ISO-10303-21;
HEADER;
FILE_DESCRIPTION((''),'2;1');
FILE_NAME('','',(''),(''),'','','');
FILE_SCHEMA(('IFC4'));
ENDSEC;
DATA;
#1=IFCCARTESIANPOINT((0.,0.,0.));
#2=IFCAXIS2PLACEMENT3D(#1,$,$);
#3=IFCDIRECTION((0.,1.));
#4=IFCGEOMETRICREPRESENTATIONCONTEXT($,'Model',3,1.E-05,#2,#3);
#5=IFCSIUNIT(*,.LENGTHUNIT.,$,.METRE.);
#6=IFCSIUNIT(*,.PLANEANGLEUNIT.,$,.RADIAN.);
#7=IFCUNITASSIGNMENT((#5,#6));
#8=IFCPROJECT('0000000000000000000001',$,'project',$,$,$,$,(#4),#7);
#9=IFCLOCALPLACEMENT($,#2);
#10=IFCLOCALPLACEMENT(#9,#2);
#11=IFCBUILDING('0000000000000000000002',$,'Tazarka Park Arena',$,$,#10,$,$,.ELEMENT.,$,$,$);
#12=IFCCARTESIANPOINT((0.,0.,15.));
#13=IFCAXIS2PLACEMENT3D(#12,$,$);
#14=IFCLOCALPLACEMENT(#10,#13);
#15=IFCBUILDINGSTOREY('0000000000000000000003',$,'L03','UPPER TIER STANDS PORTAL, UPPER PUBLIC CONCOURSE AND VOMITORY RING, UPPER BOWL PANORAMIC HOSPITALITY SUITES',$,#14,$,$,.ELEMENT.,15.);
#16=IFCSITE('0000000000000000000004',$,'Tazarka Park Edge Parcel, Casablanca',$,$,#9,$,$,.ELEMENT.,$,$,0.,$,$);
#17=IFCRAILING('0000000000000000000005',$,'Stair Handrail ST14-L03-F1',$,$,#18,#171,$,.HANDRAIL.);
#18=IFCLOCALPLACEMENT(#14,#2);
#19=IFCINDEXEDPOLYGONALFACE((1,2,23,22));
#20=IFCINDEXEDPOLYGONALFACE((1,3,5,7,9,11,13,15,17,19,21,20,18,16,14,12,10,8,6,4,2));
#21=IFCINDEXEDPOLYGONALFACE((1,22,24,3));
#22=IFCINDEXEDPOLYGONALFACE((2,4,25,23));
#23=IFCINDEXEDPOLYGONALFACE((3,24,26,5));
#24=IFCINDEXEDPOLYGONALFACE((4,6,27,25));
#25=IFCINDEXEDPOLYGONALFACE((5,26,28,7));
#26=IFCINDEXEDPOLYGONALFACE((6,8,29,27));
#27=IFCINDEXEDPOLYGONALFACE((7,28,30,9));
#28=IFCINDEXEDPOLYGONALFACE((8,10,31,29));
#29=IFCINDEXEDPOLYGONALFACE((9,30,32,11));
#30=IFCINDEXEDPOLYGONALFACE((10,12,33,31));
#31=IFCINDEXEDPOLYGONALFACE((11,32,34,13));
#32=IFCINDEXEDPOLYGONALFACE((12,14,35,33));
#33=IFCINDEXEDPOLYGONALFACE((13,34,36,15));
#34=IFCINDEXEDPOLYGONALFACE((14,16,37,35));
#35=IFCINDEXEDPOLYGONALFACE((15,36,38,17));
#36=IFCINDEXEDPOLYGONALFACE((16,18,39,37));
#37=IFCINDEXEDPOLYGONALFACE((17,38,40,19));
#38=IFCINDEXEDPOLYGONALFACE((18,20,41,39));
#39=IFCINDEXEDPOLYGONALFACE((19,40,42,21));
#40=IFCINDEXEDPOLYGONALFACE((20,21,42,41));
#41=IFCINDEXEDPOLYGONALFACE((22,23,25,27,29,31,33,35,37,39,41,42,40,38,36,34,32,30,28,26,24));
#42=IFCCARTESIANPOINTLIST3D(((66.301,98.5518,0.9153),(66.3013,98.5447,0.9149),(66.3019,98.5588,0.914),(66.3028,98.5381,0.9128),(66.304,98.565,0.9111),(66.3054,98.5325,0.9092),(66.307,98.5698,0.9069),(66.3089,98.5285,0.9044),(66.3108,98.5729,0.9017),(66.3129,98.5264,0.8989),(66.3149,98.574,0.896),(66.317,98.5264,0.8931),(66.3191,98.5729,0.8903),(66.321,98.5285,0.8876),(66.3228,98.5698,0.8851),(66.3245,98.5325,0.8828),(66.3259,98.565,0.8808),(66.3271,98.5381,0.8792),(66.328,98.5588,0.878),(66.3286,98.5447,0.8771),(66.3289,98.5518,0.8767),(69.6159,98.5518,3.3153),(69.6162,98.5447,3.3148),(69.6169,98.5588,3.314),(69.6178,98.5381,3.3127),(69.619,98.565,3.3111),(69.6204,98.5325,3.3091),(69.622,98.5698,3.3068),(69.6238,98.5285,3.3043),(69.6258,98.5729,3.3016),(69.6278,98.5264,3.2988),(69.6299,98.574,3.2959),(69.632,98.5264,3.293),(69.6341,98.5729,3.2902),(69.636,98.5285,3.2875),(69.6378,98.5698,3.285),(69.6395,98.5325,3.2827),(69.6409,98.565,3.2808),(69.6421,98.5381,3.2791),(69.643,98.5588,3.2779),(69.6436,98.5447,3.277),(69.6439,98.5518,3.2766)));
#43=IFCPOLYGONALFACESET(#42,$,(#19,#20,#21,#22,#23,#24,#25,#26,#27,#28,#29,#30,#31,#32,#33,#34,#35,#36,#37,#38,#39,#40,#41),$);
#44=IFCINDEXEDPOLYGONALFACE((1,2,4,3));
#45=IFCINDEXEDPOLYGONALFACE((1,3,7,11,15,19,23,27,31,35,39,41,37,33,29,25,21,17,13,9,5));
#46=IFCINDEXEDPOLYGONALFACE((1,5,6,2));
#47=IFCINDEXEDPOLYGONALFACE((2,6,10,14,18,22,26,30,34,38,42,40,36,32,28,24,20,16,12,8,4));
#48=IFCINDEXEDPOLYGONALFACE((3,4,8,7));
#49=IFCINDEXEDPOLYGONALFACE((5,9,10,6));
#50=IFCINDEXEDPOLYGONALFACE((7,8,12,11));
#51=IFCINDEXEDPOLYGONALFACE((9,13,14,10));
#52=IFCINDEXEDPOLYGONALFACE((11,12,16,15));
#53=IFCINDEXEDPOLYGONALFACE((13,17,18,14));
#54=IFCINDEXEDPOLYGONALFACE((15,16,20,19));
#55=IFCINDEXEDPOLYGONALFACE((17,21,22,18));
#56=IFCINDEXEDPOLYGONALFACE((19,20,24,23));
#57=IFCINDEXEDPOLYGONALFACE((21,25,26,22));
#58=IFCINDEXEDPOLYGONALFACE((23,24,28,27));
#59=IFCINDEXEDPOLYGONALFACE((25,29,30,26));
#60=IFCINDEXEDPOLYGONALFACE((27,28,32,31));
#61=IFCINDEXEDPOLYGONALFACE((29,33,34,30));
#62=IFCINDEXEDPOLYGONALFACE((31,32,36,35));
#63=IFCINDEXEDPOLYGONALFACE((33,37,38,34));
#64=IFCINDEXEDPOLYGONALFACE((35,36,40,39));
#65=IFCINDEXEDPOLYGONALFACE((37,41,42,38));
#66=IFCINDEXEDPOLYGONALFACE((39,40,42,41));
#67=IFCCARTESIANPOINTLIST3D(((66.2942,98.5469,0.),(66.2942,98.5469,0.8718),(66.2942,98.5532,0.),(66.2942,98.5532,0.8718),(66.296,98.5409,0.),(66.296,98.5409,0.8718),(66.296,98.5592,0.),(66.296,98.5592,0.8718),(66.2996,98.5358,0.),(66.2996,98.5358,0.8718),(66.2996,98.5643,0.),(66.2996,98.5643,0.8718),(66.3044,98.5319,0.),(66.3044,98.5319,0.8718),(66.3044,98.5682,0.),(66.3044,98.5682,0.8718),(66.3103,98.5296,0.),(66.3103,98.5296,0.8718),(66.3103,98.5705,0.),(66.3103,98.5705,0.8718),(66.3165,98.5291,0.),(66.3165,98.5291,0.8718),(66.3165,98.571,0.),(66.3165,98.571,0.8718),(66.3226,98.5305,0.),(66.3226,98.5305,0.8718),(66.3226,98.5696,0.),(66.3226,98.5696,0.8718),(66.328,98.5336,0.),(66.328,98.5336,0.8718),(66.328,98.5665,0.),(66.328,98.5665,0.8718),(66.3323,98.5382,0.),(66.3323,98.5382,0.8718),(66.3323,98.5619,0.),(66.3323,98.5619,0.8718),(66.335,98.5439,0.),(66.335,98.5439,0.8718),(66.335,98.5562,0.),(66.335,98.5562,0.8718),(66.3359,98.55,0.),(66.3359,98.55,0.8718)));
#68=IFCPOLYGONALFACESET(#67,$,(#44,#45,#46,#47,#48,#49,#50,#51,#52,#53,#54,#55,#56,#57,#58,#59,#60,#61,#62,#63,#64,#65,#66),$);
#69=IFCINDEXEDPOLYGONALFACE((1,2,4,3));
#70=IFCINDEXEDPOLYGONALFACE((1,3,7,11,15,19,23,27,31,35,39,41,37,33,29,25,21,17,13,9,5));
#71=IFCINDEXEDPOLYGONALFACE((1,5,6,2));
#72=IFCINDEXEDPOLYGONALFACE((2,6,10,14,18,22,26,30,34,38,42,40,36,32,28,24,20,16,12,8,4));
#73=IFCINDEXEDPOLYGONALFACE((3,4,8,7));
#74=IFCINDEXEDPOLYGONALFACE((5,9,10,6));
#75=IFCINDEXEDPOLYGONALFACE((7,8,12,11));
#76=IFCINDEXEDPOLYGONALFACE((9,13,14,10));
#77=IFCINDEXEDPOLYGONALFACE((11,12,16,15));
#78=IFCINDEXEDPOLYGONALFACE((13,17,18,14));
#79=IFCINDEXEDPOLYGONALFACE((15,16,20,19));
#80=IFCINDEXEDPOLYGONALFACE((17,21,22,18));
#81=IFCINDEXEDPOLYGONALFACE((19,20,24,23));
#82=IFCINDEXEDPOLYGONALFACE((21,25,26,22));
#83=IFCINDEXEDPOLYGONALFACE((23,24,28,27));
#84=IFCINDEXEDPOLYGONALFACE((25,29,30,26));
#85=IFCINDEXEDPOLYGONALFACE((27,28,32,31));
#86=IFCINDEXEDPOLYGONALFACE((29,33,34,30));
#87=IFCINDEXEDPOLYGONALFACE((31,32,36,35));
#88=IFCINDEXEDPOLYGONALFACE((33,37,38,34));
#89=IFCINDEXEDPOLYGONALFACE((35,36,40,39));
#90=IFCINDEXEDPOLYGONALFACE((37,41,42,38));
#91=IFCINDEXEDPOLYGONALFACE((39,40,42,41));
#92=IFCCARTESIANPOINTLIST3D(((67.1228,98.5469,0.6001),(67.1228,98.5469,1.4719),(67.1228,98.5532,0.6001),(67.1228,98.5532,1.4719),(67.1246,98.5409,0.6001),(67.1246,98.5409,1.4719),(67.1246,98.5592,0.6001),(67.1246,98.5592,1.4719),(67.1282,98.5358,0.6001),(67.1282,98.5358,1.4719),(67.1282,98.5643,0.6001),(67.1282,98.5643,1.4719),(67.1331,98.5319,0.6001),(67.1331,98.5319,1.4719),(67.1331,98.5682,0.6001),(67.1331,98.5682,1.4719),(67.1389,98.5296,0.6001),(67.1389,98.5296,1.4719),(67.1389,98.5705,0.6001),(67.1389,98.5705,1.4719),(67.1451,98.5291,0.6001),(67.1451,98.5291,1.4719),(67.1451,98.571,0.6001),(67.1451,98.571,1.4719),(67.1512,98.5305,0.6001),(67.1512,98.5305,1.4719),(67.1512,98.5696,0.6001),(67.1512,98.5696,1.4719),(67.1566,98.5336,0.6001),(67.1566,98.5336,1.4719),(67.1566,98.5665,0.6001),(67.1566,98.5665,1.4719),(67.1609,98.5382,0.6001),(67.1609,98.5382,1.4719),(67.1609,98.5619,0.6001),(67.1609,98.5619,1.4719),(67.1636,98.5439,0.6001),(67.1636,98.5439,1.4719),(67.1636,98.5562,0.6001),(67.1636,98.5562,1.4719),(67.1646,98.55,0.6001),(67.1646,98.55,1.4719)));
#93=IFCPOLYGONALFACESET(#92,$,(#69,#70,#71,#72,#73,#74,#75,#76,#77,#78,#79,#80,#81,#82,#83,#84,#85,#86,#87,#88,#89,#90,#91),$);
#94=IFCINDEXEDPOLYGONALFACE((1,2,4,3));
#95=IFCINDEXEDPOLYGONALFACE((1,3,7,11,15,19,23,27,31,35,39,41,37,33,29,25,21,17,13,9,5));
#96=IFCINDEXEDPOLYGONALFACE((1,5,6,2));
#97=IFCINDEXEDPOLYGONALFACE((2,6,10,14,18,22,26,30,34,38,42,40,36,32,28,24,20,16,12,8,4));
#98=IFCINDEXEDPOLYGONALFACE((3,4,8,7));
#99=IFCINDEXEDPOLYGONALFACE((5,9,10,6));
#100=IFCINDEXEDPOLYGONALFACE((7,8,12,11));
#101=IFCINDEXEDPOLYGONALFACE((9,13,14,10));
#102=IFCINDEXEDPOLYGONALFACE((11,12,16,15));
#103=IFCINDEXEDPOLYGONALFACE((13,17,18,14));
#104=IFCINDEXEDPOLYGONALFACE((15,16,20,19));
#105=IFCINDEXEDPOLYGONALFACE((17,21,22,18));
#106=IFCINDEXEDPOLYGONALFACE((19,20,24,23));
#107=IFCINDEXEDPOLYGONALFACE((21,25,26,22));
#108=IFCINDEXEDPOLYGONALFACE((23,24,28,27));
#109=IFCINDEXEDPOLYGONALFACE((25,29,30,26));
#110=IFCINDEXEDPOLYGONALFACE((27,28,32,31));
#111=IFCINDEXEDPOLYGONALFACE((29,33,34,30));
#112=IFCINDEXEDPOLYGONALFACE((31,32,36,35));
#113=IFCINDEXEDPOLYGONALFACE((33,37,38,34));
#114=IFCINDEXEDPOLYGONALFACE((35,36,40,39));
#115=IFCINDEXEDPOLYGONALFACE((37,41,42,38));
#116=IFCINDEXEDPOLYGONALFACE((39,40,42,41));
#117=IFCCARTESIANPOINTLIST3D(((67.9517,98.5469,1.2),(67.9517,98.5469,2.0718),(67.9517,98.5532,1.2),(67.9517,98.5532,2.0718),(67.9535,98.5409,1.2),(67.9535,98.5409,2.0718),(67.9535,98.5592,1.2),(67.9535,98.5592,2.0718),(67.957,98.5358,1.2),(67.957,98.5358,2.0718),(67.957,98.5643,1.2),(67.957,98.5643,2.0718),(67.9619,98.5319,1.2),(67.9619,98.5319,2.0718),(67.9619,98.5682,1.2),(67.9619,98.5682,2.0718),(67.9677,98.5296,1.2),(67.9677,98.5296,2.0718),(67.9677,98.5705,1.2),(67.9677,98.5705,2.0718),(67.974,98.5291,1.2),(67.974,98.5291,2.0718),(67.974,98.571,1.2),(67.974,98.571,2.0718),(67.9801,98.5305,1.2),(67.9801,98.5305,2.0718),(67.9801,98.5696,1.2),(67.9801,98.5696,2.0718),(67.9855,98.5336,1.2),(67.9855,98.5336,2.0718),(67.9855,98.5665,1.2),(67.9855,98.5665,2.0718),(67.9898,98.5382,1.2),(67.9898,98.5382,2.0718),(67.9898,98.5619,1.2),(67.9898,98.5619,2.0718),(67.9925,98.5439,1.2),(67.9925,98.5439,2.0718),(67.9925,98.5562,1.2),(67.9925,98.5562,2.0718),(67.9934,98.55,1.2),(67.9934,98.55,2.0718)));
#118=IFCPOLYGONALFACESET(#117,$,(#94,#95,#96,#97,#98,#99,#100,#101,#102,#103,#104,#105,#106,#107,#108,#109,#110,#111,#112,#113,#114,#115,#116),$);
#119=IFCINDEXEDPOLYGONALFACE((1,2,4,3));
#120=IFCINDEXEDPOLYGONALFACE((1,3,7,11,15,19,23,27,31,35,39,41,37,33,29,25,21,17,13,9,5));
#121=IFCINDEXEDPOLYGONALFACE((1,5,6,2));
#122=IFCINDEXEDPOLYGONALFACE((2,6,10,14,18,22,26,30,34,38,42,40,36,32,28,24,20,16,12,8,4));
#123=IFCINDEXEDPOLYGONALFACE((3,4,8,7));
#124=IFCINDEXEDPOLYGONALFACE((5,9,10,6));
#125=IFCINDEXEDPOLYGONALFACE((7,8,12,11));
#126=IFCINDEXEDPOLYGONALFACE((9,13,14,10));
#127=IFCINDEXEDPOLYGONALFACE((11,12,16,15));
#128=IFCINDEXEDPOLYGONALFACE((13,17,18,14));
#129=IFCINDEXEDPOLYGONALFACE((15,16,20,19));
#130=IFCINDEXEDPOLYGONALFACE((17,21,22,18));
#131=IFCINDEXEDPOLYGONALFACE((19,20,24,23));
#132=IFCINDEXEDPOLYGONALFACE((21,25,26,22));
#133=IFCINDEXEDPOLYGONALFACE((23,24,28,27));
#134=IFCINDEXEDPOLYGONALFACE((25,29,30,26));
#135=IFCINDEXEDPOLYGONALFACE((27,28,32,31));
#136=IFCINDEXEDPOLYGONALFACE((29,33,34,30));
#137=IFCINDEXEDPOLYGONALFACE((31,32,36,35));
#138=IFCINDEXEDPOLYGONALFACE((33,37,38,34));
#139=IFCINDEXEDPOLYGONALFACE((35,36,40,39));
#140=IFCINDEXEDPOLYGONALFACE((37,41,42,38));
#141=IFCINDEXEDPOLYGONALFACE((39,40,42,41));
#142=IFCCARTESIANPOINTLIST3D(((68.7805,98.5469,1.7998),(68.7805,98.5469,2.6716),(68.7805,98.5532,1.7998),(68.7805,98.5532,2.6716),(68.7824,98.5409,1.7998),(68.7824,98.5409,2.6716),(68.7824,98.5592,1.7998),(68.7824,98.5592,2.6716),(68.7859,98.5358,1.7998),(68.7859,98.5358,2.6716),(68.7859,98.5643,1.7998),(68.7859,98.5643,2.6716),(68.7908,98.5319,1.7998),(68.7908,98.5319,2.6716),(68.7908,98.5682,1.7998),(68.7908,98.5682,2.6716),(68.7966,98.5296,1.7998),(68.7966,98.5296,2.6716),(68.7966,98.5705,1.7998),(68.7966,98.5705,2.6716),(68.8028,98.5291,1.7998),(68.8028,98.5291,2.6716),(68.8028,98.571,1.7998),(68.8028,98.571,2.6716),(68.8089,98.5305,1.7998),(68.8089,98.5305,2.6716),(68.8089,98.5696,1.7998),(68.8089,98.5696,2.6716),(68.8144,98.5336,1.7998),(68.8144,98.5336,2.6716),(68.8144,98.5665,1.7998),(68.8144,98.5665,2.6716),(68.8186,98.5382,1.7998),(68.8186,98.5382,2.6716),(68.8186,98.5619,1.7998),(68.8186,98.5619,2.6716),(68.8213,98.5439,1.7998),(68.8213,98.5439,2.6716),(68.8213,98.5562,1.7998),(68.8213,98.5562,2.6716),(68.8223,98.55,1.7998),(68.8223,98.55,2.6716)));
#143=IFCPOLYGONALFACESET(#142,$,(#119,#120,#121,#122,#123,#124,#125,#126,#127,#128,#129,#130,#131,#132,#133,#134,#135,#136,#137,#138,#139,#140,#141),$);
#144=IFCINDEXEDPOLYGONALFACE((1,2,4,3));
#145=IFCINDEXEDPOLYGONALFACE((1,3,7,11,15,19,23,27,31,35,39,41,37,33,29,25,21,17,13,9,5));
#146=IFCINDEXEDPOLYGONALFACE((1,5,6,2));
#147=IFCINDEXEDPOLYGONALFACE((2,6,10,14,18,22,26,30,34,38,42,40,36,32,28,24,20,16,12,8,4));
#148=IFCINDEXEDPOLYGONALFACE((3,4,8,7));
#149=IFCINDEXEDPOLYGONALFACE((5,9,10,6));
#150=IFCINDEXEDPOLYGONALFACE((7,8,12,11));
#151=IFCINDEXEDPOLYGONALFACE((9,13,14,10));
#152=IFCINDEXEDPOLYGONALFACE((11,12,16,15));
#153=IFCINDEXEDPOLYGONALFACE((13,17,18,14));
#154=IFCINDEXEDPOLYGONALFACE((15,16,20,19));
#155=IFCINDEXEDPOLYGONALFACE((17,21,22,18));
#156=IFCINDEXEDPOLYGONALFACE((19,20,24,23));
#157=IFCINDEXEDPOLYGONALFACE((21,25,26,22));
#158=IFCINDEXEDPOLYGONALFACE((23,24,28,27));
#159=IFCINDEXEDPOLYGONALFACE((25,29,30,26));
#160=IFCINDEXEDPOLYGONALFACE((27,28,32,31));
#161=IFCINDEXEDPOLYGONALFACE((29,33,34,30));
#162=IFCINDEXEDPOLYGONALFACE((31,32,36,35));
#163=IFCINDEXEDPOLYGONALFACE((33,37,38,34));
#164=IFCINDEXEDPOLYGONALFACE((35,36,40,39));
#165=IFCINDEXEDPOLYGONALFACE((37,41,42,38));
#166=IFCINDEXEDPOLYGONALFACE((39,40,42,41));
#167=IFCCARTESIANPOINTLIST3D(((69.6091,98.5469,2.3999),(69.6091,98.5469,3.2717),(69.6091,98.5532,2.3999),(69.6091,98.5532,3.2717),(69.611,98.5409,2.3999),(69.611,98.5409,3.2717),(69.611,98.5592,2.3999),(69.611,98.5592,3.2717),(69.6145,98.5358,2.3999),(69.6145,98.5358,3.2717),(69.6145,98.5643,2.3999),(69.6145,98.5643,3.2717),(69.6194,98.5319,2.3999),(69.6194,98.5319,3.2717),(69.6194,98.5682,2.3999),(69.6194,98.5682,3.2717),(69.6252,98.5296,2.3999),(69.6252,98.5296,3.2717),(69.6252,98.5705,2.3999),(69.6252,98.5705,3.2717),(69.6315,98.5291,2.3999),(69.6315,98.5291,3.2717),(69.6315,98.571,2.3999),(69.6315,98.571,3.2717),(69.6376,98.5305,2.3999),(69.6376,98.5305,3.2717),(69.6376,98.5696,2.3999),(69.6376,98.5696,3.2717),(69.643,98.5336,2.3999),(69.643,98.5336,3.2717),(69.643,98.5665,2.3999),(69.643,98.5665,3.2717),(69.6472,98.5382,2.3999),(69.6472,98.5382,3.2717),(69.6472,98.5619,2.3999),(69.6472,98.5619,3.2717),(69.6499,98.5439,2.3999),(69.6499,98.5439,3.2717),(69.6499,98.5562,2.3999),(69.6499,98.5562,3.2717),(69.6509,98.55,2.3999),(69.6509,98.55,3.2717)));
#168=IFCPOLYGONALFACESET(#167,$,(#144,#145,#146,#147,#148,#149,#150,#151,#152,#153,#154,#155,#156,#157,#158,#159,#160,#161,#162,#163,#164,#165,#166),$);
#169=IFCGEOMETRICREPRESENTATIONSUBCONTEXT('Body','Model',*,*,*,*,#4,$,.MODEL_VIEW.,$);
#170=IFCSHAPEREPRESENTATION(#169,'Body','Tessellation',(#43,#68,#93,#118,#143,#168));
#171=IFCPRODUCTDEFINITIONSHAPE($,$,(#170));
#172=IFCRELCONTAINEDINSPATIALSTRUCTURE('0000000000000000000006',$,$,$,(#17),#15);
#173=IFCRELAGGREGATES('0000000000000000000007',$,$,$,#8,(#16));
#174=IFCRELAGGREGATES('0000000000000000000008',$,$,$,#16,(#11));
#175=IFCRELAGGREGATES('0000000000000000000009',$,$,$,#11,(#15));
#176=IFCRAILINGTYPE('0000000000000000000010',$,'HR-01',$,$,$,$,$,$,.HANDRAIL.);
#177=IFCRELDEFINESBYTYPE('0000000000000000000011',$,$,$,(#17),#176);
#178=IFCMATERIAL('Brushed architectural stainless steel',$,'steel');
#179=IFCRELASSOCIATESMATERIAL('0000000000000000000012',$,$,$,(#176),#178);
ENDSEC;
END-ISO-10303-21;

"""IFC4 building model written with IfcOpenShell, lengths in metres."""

from ifc_helpers import new_model, si_unit, direction, frame, origin, origin_2d, place, context, subcontext, project, spatial, circle, extrude, material, type_object, element, save


model = new_model("IFC4")

# Units and contexts
model_context = context("Model", 3, precision=1e-05, world=origin(), true_north=direction((0.0, 1.0)))
body_context = subcontext(model_context, "Body", "Model", "MODEL_VIEW")
ifc_project = project(units=[si_unit("LENGTHUNIT", "METRE"), si_unit("PLANEANGLEUNIT", "RADIAN")], contexts=[model_context])

# Site, building, storey
site_placement = place(None, origin())
site = spatial("IfcSite", under=ifc_project, at=site_placement, Name="Tazarka Park Edge Parcel, Casablanca", CompositionType="ELEMENT", RefElevation=0.0)
building_placement = place(site_placement, origin())
building = spatial("IfcBuilding", under=site, at=building_placement, Name="Tazarka Park Arena", CompositionType="ELEMENT")
storey_placement = place(building_placement, frame((0.0, 0.0, 15.0)))
storey = spatial("IfcBuildingStorey", under=building, at=storey_placement, Name="L03", Description="UPPER TIER STANDS PORTAL, UPPER PUBLIC CONCOURSE AND VOMITORY RING, UPPER BOWL PANORAMIC HOSPITALITY SUITES", CompositionType="ELEMENT", Elevation=15.0)

# Railing
ifc_material_1 = material(Name="Brushed architectural stainless steel", Category="steel")
railing_type_1 = type_object("IfcRailingType", Name="HR-01", PredefinedType="HANDRAIL", material=ifc_material_1)
railing_1_placement = place(storey_placement, frame((66.3149, 98.55, 0.0)))
element("IfcRailing", 1, at=railing_1_placement, inside=storey, type_object=railing_type_1, Name="Stair Handrail ST14-L03-F1", PredefinedType="HANDRAIL", context=body_context, shape_type="SweptSolid", body=[
    extrude(circle(Radius=0.0239, at=origin_2d()), frame((0.0, 0.0, 0.896), z_axis=(0.810009, 0.0, 0.586418), x_axis=(0.0, 1.0, 0.0)), (0.0, 0.0, 1.0), 4.0925),
    extrude(circle(Radius=0.021, at=origin_2d()), origin(), (0.0, 0.0, 1.0), 0.8718),
    extrude(circle(Radius=0.021, at=origin_2d()), frame((0.8286, 0.0, 0.6001)), (0.0, 0.0, 1.0), 0.8718),
    extrude(circle(Radius=0.021, at=origin_2d()), frame((1.6575, 0.0, 1.2)), (0.0, 0.0, 1.0), 0.8718),
    extrude(circle(Radius=0.021, at=origin_2d()), frame((2.4863, 0.0, 1.7998)), (0.0, 0.0, 1.0), 0.8718),
    extrude(circle(Radius=0.021, at=origin_2d()), frame((3.3149, 0.0, 2.3999)), (0.0, 0.0, 1.0), 0.8718),
])

save(model, "model.ifc")
